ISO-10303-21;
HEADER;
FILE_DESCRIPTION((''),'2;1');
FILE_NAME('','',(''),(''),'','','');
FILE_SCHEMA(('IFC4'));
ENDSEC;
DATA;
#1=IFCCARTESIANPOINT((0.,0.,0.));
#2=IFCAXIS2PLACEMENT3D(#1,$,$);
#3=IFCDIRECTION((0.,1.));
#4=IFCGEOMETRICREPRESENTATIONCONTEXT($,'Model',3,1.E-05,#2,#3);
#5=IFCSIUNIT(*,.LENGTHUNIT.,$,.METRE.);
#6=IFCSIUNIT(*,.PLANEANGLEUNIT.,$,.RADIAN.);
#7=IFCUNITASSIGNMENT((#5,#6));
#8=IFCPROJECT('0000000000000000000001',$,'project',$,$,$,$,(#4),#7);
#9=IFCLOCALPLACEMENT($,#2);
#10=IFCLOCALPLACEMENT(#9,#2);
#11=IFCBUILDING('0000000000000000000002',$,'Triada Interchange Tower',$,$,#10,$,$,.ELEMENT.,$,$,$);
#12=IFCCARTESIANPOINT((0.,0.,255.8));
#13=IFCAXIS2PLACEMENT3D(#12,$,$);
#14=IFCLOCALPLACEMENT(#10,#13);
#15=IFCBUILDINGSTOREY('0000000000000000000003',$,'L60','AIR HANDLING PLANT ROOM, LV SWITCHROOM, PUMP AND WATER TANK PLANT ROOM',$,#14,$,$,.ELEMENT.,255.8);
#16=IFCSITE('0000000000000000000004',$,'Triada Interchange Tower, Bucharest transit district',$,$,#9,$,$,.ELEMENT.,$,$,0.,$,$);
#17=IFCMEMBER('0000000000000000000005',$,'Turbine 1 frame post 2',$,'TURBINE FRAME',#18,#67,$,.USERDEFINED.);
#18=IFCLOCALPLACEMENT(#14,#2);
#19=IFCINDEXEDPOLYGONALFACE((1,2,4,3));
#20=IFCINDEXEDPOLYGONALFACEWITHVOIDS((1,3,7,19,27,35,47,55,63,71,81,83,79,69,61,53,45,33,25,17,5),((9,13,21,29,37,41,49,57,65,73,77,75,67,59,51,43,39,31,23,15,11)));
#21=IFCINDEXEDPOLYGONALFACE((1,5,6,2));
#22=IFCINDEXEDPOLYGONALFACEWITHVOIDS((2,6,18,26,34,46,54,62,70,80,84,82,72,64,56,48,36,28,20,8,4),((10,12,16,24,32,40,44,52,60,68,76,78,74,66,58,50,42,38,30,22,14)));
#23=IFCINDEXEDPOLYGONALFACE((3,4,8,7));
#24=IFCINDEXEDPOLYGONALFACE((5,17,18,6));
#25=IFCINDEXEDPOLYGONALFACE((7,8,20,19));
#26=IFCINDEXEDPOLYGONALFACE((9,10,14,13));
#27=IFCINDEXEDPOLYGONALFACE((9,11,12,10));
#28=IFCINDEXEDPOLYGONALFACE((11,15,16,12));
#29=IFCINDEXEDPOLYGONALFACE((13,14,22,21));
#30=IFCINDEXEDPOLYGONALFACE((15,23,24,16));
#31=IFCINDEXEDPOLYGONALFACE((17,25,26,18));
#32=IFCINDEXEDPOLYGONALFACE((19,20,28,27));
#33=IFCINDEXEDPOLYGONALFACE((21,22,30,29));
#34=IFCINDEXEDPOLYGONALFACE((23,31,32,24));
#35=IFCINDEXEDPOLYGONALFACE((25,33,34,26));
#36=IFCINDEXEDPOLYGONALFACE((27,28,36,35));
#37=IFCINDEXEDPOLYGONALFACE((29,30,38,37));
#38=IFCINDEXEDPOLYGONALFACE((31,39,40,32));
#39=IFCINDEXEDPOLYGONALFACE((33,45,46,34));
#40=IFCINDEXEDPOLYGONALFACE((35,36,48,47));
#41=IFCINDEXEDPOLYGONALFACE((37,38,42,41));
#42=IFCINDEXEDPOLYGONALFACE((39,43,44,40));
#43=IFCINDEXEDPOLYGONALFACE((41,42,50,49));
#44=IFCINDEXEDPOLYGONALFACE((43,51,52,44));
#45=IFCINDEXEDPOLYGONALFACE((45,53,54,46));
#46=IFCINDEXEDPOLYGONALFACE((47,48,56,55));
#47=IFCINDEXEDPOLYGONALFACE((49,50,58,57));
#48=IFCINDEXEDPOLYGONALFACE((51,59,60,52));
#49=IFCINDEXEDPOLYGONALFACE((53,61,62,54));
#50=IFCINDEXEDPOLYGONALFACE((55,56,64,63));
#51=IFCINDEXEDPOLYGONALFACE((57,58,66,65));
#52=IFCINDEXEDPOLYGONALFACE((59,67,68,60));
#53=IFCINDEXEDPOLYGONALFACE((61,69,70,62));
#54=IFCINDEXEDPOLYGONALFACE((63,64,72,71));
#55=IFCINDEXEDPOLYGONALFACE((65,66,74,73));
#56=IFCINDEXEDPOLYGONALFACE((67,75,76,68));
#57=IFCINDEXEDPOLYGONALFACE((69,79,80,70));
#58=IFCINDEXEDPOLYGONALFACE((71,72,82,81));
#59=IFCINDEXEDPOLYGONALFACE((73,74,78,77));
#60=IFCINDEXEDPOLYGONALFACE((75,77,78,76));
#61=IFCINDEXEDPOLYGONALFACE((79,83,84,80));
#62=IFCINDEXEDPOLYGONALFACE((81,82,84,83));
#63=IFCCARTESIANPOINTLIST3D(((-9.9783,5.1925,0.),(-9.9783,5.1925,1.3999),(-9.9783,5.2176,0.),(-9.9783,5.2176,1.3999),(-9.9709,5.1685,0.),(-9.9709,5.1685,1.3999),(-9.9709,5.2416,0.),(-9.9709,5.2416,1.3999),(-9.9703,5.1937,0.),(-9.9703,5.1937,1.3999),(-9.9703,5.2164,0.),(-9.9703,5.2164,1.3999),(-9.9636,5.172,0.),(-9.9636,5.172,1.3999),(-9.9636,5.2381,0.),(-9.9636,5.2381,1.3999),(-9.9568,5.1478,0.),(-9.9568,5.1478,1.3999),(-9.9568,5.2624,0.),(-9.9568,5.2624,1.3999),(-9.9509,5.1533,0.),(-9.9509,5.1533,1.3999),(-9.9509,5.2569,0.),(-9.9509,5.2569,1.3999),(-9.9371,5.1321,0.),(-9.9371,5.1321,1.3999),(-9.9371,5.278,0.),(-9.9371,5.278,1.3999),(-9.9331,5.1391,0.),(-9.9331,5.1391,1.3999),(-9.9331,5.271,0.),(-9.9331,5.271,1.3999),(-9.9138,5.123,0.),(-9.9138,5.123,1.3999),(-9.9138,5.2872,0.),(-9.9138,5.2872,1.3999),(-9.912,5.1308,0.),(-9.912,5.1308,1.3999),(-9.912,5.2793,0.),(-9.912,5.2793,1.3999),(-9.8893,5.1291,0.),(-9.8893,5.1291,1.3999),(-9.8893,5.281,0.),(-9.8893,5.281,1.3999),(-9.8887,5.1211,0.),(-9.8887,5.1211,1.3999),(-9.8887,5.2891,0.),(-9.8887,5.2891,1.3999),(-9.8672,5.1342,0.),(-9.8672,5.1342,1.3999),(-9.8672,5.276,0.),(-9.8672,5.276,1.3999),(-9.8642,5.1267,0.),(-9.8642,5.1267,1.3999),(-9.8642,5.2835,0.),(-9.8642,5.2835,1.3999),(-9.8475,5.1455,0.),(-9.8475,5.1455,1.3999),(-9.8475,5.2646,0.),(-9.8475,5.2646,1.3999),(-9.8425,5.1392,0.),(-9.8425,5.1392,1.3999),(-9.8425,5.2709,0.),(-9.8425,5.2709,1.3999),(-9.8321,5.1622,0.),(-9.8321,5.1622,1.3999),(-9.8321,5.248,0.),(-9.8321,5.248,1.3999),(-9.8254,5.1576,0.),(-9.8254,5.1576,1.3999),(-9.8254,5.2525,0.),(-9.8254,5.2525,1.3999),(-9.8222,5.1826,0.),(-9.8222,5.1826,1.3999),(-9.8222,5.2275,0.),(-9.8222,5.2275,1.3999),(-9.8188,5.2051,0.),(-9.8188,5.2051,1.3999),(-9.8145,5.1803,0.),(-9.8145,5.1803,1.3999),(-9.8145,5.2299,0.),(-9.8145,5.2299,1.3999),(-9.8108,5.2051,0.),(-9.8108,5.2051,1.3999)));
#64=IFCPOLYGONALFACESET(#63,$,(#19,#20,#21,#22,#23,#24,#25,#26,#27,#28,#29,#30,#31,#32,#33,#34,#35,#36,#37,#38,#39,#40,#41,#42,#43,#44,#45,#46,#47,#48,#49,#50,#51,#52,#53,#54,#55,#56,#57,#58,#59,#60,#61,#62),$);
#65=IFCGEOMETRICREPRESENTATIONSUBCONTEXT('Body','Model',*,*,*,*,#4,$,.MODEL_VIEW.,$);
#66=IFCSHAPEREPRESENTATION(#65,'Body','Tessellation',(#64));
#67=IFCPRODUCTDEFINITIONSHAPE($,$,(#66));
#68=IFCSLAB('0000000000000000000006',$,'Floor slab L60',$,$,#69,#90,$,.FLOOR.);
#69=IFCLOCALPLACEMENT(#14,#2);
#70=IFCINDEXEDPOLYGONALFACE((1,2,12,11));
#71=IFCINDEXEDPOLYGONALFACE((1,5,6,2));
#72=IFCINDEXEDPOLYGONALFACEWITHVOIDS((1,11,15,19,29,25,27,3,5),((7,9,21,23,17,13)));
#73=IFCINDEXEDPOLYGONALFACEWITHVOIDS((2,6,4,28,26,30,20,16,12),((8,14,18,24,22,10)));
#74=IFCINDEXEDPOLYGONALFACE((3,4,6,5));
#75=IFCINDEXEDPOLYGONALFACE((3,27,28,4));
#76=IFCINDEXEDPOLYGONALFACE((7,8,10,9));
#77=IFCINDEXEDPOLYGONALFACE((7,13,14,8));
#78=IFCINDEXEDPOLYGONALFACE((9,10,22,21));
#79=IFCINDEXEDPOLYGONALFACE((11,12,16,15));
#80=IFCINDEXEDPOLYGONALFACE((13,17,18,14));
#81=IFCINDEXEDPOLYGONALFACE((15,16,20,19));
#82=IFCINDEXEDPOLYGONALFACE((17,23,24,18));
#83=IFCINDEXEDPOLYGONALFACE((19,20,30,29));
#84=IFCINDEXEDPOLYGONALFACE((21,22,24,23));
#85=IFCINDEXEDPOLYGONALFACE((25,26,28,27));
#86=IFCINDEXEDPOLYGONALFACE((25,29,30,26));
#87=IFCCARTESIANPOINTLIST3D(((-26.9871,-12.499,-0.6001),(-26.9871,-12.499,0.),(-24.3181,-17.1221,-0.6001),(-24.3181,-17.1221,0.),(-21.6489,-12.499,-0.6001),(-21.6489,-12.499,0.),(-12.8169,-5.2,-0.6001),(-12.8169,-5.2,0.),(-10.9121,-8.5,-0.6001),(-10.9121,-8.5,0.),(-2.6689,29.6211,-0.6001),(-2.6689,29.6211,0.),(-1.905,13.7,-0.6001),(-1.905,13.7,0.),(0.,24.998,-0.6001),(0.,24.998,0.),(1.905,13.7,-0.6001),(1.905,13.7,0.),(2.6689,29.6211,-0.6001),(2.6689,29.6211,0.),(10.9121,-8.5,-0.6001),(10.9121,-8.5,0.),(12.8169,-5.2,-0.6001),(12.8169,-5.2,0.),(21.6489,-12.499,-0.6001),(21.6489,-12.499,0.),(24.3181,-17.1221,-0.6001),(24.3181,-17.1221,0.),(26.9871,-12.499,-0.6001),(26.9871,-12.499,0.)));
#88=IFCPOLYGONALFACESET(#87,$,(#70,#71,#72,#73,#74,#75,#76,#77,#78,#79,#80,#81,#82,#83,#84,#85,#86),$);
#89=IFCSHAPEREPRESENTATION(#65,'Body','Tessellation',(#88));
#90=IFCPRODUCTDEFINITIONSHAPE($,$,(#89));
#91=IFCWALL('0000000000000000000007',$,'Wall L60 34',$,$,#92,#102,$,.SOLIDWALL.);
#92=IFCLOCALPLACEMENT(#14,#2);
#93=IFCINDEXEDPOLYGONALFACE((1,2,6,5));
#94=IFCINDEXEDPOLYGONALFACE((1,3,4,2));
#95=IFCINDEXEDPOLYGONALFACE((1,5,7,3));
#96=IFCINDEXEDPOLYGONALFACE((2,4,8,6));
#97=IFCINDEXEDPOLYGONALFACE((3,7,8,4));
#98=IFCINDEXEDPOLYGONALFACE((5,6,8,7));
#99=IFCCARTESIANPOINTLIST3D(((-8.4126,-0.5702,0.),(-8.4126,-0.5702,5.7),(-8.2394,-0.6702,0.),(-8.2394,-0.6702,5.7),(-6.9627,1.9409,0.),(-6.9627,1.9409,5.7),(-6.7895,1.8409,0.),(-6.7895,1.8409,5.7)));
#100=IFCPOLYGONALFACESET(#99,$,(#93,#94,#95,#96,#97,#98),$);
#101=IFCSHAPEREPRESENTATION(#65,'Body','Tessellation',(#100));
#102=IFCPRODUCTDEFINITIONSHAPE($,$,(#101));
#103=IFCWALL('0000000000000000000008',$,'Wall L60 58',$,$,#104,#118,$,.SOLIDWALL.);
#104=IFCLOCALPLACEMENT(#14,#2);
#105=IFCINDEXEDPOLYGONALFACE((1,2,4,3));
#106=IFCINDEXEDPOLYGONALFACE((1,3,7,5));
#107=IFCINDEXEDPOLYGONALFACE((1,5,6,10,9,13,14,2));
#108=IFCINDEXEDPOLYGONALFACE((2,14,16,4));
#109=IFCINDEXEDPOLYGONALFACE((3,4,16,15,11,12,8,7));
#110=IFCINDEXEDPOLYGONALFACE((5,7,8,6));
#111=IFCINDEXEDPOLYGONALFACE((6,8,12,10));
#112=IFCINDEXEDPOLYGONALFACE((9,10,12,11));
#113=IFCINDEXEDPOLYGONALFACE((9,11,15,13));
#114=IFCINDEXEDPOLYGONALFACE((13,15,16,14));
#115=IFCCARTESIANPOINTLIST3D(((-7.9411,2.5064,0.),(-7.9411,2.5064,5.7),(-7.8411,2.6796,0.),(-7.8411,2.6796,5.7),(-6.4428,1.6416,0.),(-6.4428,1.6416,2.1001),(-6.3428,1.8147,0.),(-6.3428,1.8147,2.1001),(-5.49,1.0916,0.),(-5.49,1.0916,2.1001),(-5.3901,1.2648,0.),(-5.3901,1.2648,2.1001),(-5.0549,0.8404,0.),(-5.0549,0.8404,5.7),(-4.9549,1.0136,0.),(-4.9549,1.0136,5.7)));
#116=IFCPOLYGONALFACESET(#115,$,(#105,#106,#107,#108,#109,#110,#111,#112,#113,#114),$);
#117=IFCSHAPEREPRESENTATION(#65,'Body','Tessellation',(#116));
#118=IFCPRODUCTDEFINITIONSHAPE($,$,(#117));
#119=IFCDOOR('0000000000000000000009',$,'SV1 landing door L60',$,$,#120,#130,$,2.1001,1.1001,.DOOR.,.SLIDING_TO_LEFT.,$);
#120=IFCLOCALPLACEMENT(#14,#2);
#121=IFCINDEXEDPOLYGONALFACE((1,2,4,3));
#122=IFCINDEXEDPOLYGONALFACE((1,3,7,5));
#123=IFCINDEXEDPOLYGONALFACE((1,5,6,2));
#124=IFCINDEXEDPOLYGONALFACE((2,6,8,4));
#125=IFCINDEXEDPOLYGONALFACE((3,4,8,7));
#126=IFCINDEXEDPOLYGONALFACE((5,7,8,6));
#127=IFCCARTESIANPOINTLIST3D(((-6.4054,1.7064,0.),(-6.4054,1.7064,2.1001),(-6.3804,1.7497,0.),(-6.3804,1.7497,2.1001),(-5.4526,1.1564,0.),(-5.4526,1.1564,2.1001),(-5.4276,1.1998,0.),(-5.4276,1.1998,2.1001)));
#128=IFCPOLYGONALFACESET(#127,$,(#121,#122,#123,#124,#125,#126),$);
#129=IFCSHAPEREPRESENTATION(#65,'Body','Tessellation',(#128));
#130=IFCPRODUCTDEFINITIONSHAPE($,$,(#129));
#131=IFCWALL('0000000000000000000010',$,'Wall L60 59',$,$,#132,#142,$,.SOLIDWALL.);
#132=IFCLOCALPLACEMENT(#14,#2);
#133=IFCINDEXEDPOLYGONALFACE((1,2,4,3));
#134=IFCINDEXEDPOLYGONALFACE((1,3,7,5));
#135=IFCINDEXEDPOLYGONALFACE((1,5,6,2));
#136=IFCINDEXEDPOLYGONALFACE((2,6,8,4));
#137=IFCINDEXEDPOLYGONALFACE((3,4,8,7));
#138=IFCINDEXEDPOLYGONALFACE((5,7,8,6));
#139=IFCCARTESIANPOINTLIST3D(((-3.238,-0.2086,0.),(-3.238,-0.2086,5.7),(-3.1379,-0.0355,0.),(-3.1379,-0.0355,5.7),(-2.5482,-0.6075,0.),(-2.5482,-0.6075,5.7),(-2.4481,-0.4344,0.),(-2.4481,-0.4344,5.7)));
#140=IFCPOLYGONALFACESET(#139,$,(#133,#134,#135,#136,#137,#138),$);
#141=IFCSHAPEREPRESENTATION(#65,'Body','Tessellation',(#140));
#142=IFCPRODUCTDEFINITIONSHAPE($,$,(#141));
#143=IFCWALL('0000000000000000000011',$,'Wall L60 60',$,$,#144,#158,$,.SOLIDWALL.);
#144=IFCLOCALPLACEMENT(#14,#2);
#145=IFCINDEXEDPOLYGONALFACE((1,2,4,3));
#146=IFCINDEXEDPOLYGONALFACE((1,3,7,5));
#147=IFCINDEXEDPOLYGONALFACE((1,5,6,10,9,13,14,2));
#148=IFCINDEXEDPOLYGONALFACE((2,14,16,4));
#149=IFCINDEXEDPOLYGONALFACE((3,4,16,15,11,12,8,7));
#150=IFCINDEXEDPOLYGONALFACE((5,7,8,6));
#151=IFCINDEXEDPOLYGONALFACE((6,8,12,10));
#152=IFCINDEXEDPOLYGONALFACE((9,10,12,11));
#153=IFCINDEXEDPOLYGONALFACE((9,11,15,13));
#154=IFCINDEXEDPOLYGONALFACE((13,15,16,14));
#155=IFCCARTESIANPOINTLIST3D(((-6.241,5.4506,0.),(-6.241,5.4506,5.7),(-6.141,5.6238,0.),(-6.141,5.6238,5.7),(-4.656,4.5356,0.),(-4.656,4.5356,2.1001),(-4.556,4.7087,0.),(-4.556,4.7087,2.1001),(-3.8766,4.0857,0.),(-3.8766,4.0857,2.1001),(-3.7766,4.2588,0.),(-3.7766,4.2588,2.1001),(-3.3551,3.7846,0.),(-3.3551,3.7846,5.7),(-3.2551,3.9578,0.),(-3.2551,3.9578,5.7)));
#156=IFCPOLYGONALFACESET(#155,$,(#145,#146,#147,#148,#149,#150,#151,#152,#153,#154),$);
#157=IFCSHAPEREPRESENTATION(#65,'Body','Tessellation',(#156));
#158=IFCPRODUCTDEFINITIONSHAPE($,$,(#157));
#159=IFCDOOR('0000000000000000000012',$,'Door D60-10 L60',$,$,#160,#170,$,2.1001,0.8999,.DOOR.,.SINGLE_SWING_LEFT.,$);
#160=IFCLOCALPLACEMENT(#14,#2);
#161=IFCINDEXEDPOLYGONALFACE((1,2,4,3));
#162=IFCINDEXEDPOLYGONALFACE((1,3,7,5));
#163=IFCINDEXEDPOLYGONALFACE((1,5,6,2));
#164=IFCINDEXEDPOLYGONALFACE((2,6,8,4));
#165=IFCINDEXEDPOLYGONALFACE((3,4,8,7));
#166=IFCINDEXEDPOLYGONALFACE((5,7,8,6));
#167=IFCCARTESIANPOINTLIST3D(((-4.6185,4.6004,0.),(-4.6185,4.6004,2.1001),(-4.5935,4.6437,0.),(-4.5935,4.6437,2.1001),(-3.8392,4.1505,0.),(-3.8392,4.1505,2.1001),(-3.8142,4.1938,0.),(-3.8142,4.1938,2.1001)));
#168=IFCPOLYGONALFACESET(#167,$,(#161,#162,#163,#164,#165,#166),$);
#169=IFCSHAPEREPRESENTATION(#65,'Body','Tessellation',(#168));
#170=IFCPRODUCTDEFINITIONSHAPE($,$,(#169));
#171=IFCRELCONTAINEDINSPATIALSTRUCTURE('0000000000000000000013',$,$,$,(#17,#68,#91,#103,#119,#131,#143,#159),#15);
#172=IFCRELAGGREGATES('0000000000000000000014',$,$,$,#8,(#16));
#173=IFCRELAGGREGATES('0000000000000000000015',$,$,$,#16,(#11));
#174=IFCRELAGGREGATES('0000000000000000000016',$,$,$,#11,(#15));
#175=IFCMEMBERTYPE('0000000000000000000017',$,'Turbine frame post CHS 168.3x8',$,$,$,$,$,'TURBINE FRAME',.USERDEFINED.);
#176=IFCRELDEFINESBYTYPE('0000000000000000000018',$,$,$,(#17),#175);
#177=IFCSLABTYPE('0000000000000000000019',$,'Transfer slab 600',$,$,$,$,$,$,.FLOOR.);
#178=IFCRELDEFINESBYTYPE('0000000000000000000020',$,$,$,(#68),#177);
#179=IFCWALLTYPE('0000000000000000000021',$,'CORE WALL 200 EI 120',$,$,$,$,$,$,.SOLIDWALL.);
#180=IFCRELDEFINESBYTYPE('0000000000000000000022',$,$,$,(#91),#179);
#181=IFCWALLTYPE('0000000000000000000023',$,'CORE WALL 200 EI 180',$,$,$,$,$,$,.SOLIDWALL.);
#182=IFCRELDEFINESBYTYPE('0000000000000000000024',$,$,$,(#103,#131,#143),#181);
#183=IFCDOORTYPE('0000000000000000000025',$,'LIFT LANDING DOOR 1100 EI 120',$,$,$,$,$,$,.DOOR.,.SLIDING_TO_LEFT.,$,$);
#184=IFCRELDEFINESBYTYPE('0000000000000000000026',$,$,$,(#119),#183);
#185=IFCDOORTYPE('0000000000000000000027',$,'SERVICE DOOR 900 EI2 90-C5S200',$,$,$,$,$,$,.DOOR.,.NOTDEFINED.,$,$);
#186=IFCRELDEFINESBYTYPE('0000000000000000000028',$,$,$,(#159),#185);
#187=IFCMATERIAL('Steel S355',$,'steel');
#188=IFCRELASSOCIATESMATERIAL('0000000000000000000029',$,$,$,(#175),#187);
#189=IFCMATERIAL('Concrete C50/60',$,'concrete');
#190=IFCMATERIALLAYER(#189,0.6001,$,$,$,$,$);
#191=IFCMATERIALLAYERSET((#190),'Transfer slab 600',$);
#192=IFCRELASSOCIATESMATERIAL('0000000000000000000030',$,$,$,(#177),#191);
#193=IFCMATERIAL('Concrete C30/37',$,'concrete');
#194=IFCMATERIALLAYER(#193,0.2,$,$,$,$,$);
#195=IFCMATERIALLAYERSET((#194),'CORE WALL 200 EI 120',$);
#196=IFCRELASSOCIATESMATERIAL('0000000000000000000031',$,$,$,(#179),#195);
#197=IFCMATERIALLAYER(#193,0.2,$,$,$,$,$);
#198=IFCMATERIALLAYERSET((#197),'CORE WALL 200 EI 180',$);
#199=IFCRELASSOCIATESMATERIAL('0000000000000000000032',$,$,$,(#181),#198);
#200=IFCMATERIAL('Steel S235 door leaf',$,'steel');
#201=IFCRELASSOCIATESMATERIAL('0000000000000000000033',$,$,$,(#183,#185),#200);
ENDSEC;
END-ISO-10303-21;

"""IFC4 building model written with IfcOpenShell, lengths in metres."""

from ifc_helpers import new_model, si_unit, direction, frame, frame_2d, origin, origin_2d, place, context, subcontext, project, spatial, polyline, rectangle, hollow_circle, outline, extrude, material, layer, layer_set, material_profile, profile_set, type_object, element, fill, save


model = new_model("IFC4")

# Units and contexts
model_context = context("Model", 3, precision=1e-05, world=origin(), true_north=direction((0.0, 1.0)))
body_context = subcontext(model_context, "Body", "Model", "MODEL_VIEW")
ifc_project = project(units=[si_unit("LENGTHUNIT", "METRE"), si_unit("PLANEANGLEUNIT", "RADIAN")], contexts=[model_context])

# Site, building, storey
site_placement = place(None, origin())
site = spatial("IfcSite", under=ifc_project, at=site_placement, Name="Triada Interchange Tower, Bucharest transit district", CompositionType="ELEMENT", RefElevation=0.0)
building_placement = place(site_placement, origin())
building = spatial("IfcBuilding", under=site, at=building_placement, Name="Triada Interchange Tower", CompositionType="ELEMENT")
storey_placement = place(building_placement, frame((0.0, 0.0, 255.8)))
storey = spatial("IfcBuildingStorey", under=building, at=storey_placement, Name="L60", Description="AIR HANDLING PLANT ROOM, LV SWITCHROOM, PUMP AND WATER TANK PLANT ROOM", CompositionType="ELEMENT", Elevation=255.8)

# Shared definitions
ifc_material_1 = material(Name="Concrete C50/60", Category="concrete")

# Member
ifc_material_2 = material(Name="Steel S355", Category="steel")
ifc_material_profile_1 = material_profile(ifc_material_2, hollow_circle(Radius=0.0842, WallThickness=0.0081, at=origin_2d()), Name="CHS 168.3x8")
ifc_profile_set_1 = profile_set([ifc_material_profile_1], Name="Steel S355")
member_type_1 = type_object("IfcMemberType", Name="Turbine frame post CHS 168.3x8", ElementType="TURBINE FRAME", PredefinedType="USERDEFINED", material=ifc_profile_set_1)
for number, where, z_axis, x_axis, name in (
    (1, (-9.895, 5.2051, 0.0), (0.0, 0.0, 1.0), (1.0, 0.0, 0.0), "Turbine 1 frame post 2"),
):
    element("IfcMember", number, at=place(storey_placement, frame(where, z_axis=z_axis, x_axis=x_axis)), inside=storey, type_object=member_type_1, Name=name, ObjectType="TURBINE FRAME", PredefinedType="USERDEFINED", context=body_context, shape_type="SweptSolid", body=[
        extrude(hollow_circle(Radius=0.0842, WallThickness=0.0081, at=origin_2d()), origin(), (0.0, 0.0, 1.0), 1.3999),
    ])

# Slab
ifc_layer_1 = layer(ifc_material_1, 0.6001)
ifc_layer_set_1 = layer_set([ifc_layer_1], Name="Transfer slab 600")
slab_type = type_object("IfcSlabType", Name="Transfer slab 600", PredefinedType="FLOOR", material=ifc_layer_set_1)
slab_placement = place(storey_placement, frame((0.0, 0.0, -0.6001)))
element("IfcSlab", 2, at=slab_placement, inside=storey, type_object=slab_type, Name="Floor slab L60", PredefinedType="FLOOR", context=body_context, shape_type="SweptSolid", body=[
    extrude(outline(polyline([(-2.6689, 29.6211), (-26.9871, -12.499), (-21.6489, -12.499), (-24.3181, -17.1221), (24.3181, -17.1221), (21.6489, -12.499), (26.9871, -12.499), (2.6689, 29.6211), (0.0, 24.998), (-2.6689, 29.6211)]), holes=[polyline([(1.905, 13.7), (-1.905, 13.7), (-12.8169, -5.2), (-10.9121, -8.5), (10.9121, -8.5), (12.8169, -5.2), (1.905, 13.7)])]), origin(), (0.0, 0.0, 1.0), 0.6001),
])

# Wall
ifc_material_3 = material(Name="Concrete C30/37", Category="concrete")
ifc_layer_2 = layer(ifc_material_3, 0.2)
ifc_layer_set_2 = layer_set([ifc_layer_2], Name="CORE WALL 200 EI 120")
wall_type_1 = type_object("IfcWallType", Name="CORE WALL 200 EI 120", PredefinedType="SOLIDWALL", material=ifc_layer_set_2)
wall_1_placement = place(storey_placement, frame((-8.3259, -0.6201, 0.0), z_axis=(0.0, 0.0, 1.0), x_axis=(0.500024, 0.866012, 0.0)))
element("IfcWall", 3, at=wall_1_placement, inside=storey, type_object=wall_type_1, Name="Wall L60 34", PredefinedType="SOLIDWALL", context=body_context, shape_type="SweptSolid", body=[
    extrude(rectangle(XDim=2.8997, YDim=0.2, at=frame_2d((1.4497, 0.0))), origin(), (0.0, 0.0, 1.0), 5.7),
])

# Wall, opening, door
ifc_layer_3 = layer(ifc_material_3, 0.2)
ifc_layer_set_3 = layer_set([ifc_layer_3], Name="CORE WALL 200 EI 180")
wall_type_2 = type_object("IfcWallType", Name="CORE WALL 200 EI 180", PredefinedType="SOLIDWALL", material=ifc_layer_set_3)
wall_2_placement = place(storey_placement, frame((-7.8911, 2.593, 0.0), z_axis=(0.0, 0.0, 1.0), x_axis=(0.866071, -0.499921, 0.0)))
wall_2 = element("IfcWall", 4, at=wall_2_placement, inside=storey, type_object=wall_type_2, Name="Wall L60 58", PredefinedType="SOLIDWALL", context=body_context, shape_type="SweptSolid", body=[
    extrude(rectangle(XDim=3.3325, YDim=0.2, at=frame_2d((1.6663, 0.0))), origin(), (0.0, 0.0, 1.0), 5.7),
])
opening_1_placement = place(wall_2_placement, frame((1.73, 0.0, 0.0)))
opening_1 = element("IfcOpeningElement", 5, at=opening_1_placement, cuts=wall_2, PredefinedType="OPENING", context=body_context, shape_type="SweptSolid", body=[
    extrude(rectangle(XDim=1.1001, YDim=2.1001, at=frame_2d((0.55, 1.05))), frame((0.0, 0.1099, 0.0), z_axis=(0.0, -1.0, 0.0), x_axis=(1.0, 0.0, 0.0)), (0.0, 0.0, 1.0), 0.22),
])
ifc_material_4 = material(Name="Steel S235 door leaf", Category="steel")
door_type_1 = type_object("IfcDoorType", Name="LIFT LANDING DOOR 1100 EI 120", OperationType="SLIDING_TO_LEFT", PredefinedType="DOOR", material=ifc_material_4)
door_1_placement = place(opening_1_placement, origin())
door_1 = element("IfcDoor", 6, at=door_1_placement, inside=storey, type_object=door_type_1, Name="SV1 landing door L60", OperationType="SLIDING_TO_LEFT", OverallHeight=2.1001, OverallWidth=1.1001, PredefinedType="DOOR", context=body_context, shape_type="SweptSolid", body=[
    extrude(rectangle(XDim=1.1001, YDim=2.1001, at=frame_2d((0.55, 1.05))), frame((0.0, 0.0249, 0.0), z_axis=(0.0, -1.0, 0.0), x_axis=(1.0, 0.0, 0.0)), (0.0, 0.0, 1.0), 0.05),
])
fill(opening_1, door_1)

# Wall
wall_3_placement = place(storey_placement, frame((-3.188, -0.1221, 0.0), z_axis=(0.0, 0.0, 1.0), x_axis=(0.865706, -0.500553, 0.0)))
element("IfcWall", 7, at=wall_3_placement, inside=storey, type_object=wall_type_2, Name="Wall L60 59", PredefinedType="SOLIDWALL", context=body_context, shape_type="SweptSolid", body=[
    extrude(rectangle(XDim=0.7969, YDim=0.2, at=frame_2d((0.3984, 0.0))), origin(), (0.0, 0.0, 1.0), 5.7),
])

# Wall, opening, door
wall_4_placement = place(storey_placement, frame((-6.1909, 5.5371, 0.0), z_axis=(0.0, 0.0, 1.0), x_axis=(0.866053, -0.499953, 0.0)))
wall_4 = element("IfcWall", 8, at=wall_4_placement, inside=storey, type_object=wall_type_2, Name="Wall L60 60", PredefinedType="SOLIDWALL", context=body_context, shape_type="SweptSolid", body=[
    extrude(rectangle(XDim=3.3323, YDim=0.2, at=frame_2d((1.666, 0.0))), origin(), (0.0, 0.0, 1.0), 5.7),
])
opening_2_placement = place(wall_4_placement, frame((1.8301, 0.0, 0.0)))
opening_2 = element("IfcOpeningElement", 9, at=opening_2_placement, cuts=wall_4, PredefinedType="OPENING", context=body_context, shape_type="SweptSolid", body=[
    extrude(rectangle(XDim=0.8999, YDim=2.1001, at=frame_2d((0.45, 1.05))), frame((0.0, 0.1099, 0.0), z_axis=(0.0, -1.0, 0.0), x_axis=(1.0, 0.0, 0.0)), (0.0, 0.0, 1.0), 0.22),
])
door_type_2 = type_object("IfcDoorType", Name="SERVICE DOOR 900 EI2 90-C5S200", OperationType="NOTDEFINED", PredefinedType="DOOR", material=ifc_material_4)
door_2_placement = place(opening_2_placement, origin())
door_2 = element("IfcDoor", 10, at=door_2_placement, inside=storey, type_object=door_type_2, Name="Door D60-10 L60", OperationType="SINGLE_SWING_LEFT", OverallHeight=2.1001, OverallWidth=0.8999, PredefinedType="DOOR", context=body_context, shape_type="SweptSolid", body=[
    extrude(rectangle(XDim=0.8999, YDim=2.1001, at=frame_2d((0.45, 1.05))), frame((0.0, 0.0249, 0.0), z_axis=(0.0, -1.0, 0.0), x_axis=(1.0, 0.0, 0.0)), (0.0, 0.0, 1.0), 0.05),
])
fill(opening_2, door_2)

save(model, "model.ifc")
